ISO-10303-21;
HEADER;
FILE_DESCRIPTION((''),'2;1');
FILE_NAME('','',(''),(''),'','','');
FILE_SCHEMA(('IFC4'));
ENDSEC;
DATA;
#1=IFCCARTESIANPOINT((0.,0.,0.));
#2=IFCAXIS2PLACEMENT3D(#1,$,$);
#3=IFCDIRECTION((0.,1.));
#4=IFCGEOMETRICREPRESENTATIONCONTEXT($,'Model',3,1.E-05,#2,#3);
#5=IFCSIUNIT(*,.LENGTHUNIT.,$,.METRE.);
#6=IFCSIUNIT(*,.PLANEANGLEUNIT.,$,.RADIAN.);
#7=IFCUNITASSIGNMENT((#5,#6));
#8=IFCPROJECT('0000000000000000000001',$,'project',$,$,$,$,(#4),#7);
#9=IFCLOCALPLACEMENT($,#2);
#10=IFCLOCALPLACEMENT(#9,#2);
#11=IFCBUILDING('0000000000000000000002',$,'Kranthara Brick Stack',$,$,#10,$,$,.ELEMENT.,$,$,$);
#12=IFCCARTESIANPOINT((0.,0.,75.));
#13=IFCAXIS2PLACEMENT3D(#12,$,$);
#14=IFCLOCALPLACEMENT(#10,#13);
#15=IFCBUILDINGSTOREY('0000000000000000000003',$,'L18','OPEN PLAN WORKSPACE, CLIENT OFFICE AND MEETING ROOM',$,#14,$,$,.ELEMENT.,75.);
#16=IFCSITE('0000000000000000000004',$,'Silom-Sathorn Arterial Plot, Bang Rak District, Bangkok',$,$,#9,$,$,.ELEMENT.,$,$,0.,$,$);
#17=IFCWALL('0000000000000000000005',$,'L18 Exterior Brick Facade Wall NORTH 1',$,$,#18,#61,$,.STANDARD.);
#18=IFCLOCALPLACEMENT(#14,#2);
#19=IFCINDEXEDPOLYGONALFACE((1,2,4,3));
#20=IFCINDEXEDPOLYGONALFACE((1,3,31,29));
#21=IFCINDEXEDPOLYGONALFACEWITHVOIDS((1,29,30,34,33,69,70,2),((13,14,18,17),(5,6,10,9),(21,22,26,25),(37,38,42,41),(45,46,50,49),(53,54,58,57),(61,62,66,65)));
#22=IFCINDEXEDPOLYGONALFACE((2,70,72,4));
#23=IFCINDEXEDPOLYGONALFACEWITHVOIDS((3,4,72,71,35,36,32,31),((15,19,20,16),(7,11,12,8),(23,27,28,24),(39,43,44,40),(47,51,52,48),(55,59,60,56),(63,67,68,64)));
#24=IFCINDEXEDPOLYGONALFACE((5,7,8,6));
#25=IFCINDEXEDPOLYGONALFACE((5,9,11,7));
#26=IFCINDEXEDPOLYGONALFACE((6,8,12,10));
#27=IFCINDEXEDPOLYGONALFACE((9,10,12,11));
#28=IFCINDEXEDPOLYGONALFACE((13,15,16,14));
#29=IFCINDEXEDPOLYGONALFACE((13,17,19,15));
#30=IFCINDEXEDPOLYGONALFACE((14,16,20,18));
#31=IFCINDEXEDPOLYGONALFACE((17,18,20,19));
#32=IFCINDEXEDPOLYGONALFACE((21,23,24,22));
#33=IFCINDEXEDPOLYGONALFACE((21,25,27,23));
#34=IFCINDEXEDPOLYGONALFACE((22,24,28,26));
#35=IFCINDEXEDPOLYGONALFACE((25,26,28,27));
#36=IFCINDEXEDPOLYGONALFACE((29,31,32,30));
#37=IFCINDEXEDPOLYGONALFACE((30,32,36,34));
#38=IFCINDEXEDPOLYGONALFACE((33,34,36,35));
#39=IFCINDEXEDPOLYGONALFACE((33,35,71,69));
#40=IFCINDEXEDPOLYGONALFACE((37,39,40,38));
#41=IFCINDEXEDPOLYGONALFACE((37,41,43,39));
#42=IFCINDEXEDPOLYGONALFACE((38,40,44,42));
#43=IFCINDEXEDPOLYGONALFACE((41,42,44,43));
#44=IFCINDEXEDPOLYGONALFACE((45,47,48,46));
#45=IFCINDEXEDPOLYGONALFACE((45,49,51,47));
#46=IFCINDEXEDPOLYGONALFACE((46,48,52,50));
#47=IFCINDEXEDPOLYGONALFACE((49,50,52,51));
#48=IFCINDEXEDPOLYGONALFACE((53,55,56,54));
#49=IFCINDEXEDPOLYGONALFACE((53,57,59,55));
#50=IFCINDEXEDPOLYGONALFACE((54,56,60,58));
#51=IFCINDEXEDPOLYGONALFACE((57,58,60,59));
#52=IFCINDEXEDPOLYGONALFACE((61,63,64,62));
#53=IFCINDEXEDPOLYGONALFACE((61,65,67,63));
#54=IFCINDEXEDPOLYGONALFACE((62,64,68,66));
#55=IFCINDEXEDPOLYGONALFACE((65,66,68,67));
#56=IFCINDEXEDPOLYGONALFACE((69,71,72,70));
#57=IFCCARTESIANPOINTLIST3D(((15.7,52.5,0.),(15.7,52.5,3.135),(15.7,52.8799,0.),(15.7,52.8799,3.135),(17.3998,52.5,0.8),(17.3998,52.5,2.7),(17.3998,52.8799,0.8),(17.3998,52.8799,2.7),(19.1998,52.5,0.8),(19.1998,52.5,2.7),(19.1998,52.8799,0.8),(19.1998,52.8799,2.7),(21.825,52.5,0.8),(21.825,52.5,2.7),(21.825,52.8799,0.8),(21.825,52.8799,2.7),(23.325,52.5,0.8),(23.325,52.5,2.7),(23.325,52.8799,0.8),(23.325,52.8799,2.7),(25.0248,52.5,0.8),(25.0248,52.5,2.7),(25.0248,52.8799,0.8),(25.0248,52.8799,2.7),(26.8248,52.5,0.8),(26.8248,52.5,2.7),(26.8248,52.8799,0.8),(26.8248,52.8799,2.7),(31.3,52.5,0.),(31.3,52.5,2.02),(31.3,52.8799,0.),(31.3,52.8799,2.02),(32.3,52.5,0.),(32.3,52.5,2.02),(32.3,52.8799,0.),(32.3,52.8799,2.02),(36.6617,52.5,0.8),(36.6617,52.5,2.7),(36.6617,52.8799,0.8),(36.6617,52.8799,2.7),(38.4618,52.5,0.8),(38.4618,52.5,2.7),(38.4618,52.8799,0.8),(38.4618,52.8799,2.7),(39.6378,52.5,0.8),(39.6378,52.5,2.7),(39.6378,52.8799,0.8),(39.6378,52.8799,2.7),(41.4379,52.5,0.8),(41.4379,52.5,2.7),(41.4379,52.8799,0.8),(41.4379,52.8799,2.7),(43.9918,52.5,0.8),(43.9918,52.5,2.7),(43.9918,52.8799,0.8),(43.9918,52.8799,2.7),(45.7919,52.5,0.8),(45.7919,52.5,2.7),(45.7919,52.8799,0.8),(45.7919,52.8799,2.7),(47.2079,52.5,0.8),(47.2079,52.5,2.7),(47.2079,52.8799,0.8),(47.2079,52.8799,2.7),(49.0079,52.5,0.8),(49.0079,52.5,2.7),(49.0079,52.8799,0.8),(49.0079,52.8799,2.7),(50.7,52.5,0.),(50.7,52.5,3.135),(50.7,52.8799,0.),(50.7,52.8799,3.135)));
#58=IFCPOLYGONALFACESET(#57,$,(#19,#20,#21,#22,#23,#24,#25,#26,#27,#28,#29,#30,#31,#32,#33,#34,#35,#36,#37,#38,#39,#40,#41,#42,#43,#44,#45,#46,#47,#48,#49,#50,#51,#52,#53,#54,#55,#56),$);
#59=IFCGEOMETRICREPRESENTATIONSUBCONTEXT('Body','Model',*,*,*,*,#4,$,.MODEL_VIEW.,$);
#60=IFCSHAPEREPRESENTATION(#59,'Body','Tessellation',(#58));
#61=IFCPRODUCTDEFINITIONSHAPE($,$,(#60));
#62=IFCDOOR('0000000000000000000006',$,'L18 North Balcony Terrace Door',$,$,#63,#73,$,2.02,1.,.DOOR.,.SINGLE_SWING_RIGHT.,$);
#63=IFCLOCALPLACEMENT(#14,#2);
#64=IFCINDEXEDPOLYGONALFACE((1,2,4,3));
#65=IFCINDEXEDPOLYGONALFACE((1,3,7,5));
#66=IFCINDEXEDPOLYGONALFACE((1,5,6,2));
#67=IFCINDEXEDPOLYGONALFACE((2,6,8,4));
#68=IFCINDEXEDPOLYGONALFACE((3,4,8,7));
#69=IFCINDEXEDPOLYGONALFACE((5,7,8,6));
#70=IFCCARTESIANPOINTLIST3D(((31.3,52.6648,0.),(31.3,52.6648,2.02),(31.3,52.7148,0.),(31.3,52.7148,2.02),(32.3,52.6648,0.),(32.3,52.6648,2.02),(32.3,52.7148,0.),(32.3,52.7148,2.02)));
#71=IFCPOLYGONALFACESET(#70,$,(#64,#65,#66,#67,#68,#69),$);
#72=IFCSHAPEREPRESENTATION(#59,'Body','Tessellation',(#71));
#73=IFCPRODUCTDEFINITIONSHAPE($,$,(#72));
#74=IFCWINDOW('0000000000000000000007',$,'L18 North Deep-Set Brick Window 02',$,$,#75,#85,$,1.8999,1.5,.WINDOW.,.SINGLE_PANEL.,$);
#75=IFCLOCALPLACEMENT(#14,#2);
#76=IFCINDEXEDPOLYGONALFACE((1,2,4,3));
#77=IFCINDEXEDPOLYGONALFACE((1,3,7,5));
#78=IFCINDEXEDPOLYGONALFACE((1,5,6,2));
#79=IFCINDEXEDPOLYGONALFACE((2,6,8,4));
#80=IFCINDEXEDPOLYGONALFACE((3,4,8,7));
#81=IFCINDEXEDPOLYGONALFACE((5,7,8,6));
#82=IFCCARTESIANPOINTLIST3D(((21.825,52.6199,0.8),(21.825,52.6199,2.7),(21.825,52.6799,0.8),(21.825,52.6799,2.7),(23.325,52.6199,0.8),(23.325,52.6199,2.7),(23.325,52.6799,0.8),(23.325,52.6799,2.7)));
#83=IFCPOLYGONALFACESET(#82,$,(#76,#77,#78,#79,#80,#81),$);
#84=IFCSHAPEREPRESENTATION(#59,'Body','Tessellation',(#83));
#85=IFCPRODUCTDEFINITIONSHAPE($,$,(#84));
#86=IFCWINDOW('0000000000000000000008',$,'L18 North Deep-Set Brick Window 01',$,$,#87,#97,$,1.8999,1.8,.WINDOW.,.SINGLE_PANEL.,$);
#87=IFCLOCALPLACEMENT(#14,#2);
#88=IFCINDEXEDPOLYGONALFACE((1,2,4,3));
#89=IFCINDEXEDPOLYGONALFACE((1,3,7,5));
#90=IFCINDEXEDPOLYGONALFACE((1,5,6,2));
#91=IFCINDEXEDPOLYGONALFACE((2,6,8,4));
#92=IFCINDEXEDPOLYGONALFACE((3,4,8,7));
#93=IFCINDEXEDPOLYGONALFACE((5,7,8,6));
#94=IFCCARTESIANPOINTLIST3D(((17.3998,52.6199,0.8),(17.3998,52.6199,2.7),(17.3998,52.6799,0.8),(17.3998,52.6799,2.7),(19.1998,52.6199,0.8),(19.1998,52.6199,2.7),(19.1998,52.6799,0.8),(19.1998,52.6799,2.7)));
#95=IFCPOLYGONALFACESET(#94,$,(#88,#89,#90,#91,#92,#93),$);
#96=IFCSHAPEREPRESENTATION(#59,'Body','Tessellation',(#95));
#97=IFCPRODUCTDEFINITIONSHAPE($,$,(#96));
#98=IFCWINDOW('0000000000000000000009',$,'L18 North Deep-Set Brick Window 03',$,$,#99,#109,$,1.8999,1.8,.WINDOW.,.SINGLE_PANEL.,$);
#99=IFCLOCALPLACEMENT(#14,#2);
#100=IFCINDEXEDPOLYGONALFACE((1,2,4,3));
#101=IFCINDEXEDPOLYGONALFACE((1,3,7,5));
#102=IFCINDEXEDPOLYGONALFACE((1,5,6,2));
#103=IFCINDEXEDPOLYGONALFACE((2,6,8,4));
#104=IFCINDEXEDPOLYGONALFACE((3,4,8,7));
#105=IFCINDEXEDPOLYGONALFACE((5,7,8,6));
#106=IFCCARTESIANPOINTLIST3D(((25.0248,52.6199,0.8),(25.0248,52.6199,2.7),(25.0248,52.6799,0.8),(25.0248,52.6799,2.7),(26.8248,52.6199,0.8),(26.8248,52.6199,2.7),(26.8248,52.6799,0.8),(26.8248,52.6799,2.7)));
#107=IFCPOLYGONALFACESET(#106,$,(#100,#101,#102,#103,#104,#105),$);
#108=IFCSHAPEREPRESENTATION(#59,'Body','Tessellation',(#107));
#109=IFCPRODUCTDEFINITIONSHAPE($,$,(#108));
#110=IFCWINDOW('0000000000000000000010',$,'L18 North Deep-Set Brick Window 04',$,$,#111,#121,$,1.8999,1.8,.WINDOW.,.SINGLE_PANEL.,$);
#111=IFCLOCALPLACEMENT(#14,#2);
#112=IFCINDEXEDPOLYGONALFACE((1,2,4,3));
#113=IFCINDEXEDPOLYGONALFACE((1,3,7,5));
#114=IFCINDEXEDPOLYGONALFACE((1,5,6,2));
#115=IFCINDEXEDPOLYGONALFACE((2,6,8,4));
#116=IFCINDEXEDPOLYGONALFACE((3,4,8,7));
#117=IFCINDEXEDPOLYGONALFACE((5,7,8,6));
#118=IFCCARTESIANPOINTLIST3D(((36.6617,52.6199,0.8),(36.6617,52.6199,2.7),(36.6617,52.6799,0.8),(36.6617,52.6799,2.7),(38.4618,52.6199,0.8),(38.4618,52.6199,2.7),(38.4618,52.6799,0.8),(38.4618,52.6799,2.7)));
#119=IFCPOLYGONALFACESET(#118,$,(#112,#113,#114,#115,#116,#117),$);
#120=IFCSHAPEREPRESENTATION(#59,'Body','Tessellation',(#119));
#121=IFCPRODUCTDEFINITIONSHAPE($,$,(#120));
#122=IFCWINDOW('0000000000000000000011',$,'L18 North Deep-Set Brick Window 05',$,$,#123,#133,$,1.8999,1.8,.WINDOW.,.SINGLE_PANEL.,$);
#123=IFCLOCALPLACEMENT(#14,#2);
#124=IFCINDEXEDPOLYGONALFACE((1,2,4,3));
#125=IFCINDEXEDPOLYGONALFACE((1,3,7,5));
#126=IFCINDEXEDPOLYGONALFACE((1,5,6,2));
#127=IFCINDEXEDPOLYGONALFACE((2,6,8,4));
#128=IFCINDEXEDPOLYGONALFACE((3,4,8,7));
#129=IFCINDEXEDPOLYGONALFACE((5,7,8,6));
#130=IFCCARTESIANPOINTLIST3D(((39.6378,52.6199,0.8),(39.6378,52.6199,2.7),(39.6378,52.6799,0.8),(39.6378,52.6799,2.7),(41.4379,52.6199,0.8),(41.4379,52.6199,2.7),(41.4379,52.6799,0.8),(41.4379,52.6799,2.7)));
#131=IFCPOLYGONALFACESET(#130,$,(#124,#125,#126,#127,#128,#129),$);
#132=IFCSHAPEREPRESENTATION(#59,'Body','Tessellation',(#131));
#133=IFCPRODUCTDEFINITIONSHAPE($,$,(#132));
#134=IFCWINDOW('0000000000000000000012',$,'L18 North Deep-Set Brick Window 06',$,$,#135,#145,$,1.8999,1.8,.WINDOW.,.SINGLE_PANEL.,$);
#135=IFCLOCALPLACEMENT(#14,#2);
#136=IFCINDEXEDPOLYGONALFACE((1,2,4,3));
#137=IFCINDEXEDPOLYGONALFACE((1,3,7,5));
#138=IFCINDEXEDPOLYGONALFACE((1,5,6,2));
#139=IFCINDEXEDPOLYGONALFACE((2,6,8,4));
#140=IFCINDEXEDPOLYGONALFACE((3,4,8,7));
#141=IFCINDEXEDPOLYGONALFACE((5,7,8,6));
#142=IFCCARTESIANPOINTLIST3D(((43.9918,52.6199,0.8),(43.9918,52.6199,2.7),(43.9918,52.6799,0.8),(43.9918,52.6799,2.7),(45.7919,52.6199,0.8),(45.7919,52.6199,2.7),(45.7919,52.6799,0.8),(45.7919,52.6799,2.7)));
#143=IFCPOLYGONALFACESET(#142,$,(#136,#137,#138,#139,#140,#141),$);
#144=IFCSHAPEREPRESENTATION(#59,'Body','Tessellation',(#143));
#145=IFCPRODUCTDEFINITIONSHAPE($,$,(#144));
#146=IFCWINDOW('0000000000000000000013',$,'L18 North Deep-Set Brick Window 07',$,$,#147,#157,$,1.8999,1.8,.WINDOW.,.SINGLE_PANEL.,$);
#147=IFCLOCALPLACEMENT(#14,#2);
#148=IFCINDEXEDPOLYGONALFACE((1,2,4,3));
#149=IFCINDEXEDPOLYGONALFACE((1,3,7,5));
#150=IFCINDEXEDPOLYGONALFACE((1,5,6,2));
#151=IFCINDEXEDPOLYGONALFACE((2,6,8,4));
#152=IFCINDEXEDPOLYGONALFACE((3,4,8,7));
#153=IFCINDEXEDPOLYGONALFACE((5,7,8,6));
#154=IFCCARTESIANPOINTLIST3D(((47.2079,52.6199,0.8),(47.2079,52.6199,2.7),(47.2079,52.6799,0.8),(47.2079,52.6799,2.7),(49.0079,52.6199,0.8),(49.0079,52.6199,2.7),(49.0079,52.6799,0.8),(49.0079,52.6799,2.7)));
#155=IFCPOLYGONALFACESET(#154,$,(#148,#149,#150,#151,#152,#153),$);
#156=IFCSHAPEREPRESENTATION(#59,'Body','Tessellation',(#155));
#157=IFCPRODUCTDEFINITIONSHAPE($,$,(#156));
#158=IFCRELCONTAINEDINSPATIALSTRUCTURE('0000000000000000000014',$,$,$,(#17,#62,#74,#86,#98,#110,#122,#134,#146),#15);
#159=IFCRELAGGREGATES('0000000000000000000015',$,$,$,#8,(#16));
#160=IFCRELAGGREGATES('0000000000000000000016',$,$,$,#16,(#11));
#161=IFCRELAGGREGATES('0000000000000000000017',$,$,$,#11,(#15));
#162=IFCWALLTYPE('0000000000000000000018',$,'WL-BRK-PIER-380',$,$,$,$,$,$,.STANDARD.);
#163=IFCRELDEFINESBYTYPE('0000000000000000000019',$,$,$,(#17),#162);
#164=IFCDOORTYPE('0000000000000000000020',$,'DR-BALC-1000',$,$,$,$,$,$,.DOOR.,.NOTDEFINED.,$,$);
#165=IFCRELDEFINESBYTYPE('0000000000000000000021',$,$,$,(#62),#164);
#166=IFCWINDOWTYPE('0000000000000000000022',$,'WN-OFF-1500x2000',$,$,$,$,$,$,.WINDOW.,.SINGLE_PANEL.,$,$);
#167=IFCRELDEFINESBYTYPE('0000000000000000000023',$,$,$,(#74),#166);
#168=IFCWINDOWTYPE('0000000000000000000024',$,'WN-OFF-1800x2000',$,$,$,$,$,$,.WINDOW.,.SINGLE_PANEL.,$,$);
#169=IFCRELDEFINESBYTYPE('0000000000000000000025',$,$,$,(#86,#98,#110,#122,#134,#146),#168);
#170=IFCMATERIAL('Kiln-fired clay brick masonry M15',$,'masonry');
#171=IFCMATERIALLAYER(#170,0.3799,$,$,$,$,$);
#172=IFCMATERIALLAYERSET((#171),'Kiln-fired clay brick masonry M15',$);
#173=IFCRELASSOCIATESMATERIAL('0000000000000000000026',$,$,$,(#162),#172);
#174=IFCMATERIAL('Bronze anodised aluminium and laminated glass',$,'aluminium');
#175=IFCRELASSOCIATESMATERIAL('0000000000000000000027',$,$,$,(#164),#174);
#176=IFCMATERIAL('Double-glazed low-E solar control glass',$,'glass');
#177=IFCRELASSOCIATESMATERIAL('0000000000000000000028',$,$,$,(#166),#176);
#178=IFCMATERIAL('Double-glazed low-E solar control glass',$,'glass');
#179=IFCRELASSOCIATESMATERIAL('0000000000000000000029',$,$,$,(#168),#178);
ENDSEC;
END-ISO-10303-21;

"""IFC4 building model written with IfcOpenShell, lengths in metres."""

from ifc_helpers import new_model, si_unit, direction, frame, frame_2d, origin, place, context, subcontext, project, spatial, rectangle, extrude, material, layer, layer_set, type_object, element, fill, save


model = new_model("IFC4")

# Units and contexts
model_context = context("Model", 3, precision=1e-05, world=origin(), true_north=direction((0.0, 1.0)))
body_context = subcontext(model_context, "Body", "Model", "MODEL_VIEW")
ifc_project = project(units=[si_unit("LENGTHUNIT", "METRE"), si_unit("PLANEANGLEUNIT", "RADIAN")], contexts=[model_context])

# Site, building, storey
site_placement = place(None, origin())
site = spatial("IfcSite", under=ifc_project, at=site_placement, Name="Silom-Sathorn Arterial Plot, Bang Rak District, Bangkok", CompositionType="ELEMENT", RefElevation=0.0)
building_placement = place(site_placement, origin())
building = spatial("IfcBuilding", under=site, at=building_placement, Name="Kranthara Brick Stack", CompositionType="ELEMENT")
storey_placement = place(building_placement, frame((0.0, 0.0, 75.0)))
storey = spatial("IfcBuildingStorey", under=building, at=storey_placement, Name="L18", Description="OPEN PLAN WORKSPACE, CLIENT OFFICE AND MEETING ROOM", CompositionType="ELEMENT", Elevation=75.0)

# Shared definitions
ifc_material_1 = material(Name="Kiln-fired clay brick masonry M15", Category="masonry")
ifc_layer_1 = layer(ifc_material_1, 0.3799)
ifc_layer_set_1 = layer_set([ifc_layer_1], Name="Kiln-fired clay brick masonry M15")
wall_type_1 = type_object("IfcWallType", Name="WL-BRK-PIER-380", PredefinedType="STANDARD", material=ifc_layer_set_1)

# Wall, openings, door, windows
wall_1_placement = place(storey_placement, frame((15.7, 52.6899, 0.0), z_axis=(0.0, 0.0, 1.0), x_axis=(1.0, 0.0, 0.0)))
wall_1 = element("IfcWall", 1, at=wall_1_placement, inside=storey, type_object=wall_type_1, Name="L18 Exterior Brick Facade Wall NORTH 1", PredefinedType="STANDARD", context=body_context, shape_type="SweptSolid", body=[
    extrude(rectangle(XDim=35.0, YDim=0.3799, at=frame_2d((17.5, 0.0))), origin(), (0.0, 0.0, 1.0), 3.135),
])
opening_1_placement = place(wall_1_placement, frame((15.6001, 0.0, 0.0)))
opening_1 = element("IfcOpeningElement", 2, at=opening_1_placement, cuts=wall_1, PredefinedType="OPENING", context=body_context, shape_type="SweptSolid", body=[
    extrude(rectangle(XDim=1.0, YDim=2.02, at=frame_2d((0.5, 1.01))), frame((0.0, 0.2, 0.0), z_axis=(0.0, -1.0, 0.0), x_axis=(1.0, 0.0, 0.0)), (0.0, 0.0, 1.0), 0.3999),
])
opening_2_placement = place(wall_1_placement, frame((1.7, 0.0, 0.8)))
opening_2 = element("IfcOpeningElement", 3, at=opening_2_placement, cuts=wall_1, PredefinedType="OPENING", context=body_context, shape_type="SweptSolid", body=[
    extrude(rectangle(XDim=1.8, YDim=1.8999, at=frame_2d((0.8999, 0.95))), frame((0.0, 0.2, 0.0), z_axis=(0.0, -1.0, 0.0), x_axis=(1.0, 0.0, 0.0)), (0.0, 0.0, 1.0), 0.3999),
])
opening_3_placement = place(wall_1_placement, frame((6.125, 0.0, 0.8)))
opening_3 = element("IfcOpeningElement", 4, at=opening_3_placement, cuts=wall_1, PredefinedType="OPENING", context=body_context, shape_type="SweptSolid", body=[
    extrude(rectangle(XDim=1.5, YDim=1.8999, at=frame_2d((0.75, 0.95))), frame((0.0, 0.2, 0.0), z_axis=(0.0, -1.0, 0.0), x_axis=(1.0, 0.0, 0.0)), (0.0, 0.0, 1.0), 0.3999),
])
opening_4_placement = place(wall_1_placement, frame((9.325, 0.0, 0.8)))
opening_4 = element("IfcOpeningElement", 5, at=opening_4_placement, cuts=wall_1, PredefinedType="OPENING", context=body_context, shape_type="SweptSolid", body=[
    extrude(rectangle(XDim=1.8, YDim=1.8999, at=frame_2d((0.8999, 0.95))), frame((0.0, 0.2, 0.0), z_axis=(0.0, -1.0, 0.0), x_axis=(1.0, 0.0, 0.0)), (0.0, 0.0, 1.0), 0.3999),
])
opening_5_placement = place(wall_1_placement, frame((20.9619, 0.0, 0.8)))
opening_5 = element("IfcOpeningElement", 6, at=opening_5_placement, cuts=wall_1, PredefinedType="OPENING", context=body_context, shape_type="SweptSolid", body=[
    extrude(rectangle(XDim=1.8, YDim=1.8999, at=frame_2d((0.8999, 0.95))), frame((0.0, 0.2, 0.0), z_axis=(0.0, -1.0, 0.0), x_axis=(1.0, 0.0, 0.0)), (0.0, 0.0, 1.0), 0.3999),
])
opening_6_placement = place(wall_1_placement, frame((23.938, 0.0, 0.8)))
opening_6 = element("IfcOpeningElement", 7, at=opening_6_placement, cuts=wall_1, PredefinedType="OPENING", context=body_context, shape_type="SweptSolid", body=[
    extrude(rectangle(XDim=1.8, YDim=1.8999, at=frame_2d((0.8999, 0.95))), frame((0.0, 0.2, 0.0), z_axis=(0.0, -1.0, 0.0), x_axis=(1.0, 0.0, 0.0)), (0.0, 0.0, 1.0), 0.3999),
])
opening_7_placement = place(wall_1_placement, frame((28.292, 0.0, 0.8)))
opening_7 = element("IfcOpeningElement", 8, at=opening_7_placement, cuts=wall_1, PredefinedType="OPENING", context=body_context, shape_type="SweptSolid", body=[
    extrude(rectangle(XDim=1.8, YDim=1.8999, at=frame_2d((0.8999, 0.95))), frame((0.0, 0.2, 0.0), z_axis=(0.0, -1.0, 0.0), x_axis=(1.0, 0.0, 0.0)), (0.0, 0.0, 1.0), 0.3999),
])
opening_8_placement = place(wall_1_placement, frame((31.5081, 0.0, 0.8)))
opening_8 = element("IfcOpeningElement", 9, at=opening_8_placement, cuts=wall_1, PredefinedType="OPENING", context=body_context, shape_type="SweptSolid", body=[
    extrude(rectangle(XDim=1.8, YDim=1.8999, at=frame_2d((0.8999, 0.95))), frame((0.0, 0.2, 0.0), z_axis=(0.0, -1.0, 0.0), x_axis=(1.0, 0.0, 0.0)), (0.0, 0.0, 1.0), 0.3999),
])
ifc_material_2 = material(Name="Bronze anodised aluminium and laminated glass", Category="aluminium")
door_type_1 = type_object("IfcDoorType", Name="DR-BALC-1000", OperationType="NOTDEFINED", PredefinedType="DOOR", material=ifc_material_2)
door_1_placement = place(opening_1_placement, origin())
door_1 = element("IfcDoor", 10, at=door_1_placement, inside=storey, type_object=door_type_1, Name="L18 North Balcony Terrace Door", OperationType="SINGLE_SWING_RIGHT", OverallHeight=2.02, OverallWidth=1.0, PredefinedType="DOOR", context=body_context, shape_type="SweptSolid", body=[
    extrude(rectangle(XDim=1.0, YDim=2.02, at=frame_2d((0.5, 1.01))), frame((0.0, 0.0249, 0.0), z_axis=(0.0, -1.0, 0.0), x_axis=(1.0, 0.0, 0.0)), (0.0, 0.0, 1.0), 0.05),
])
fill(opening_1, door_1)
ifc_material_3 = material(Name="Double-glazed low-E solar control glass", Category="glass")
window_type_1 = type_object("IfcWindowType", Name="WN-OFF-1500x2000", PartitioningType="SINGLE_PANEL", PredefinedType="WINDOW", material=ifc_material_3)
window_1_placement = place(opening_3_placement, origin())
window_1 = element("IfcWindow", 11, at=window_1_placement, inside=storey, type_object=window_type_1, Name="L18 North Deep-Set Brick Window 02", OverallHeight=1.8999, OverallWidth=1.5, PartitioningType="SINGLE_PANEL", PredefinedType="WINDOW", context=body_context, shape_type="SweptSolid", body=[
    extrude(rectangle(XDim=1.5, YDim=1.8999, at=frame_2d((0.75, 0.95))), frame((0.0, -0.01, 0.0), z_axis=(0.0, -1.0, 0.0), x_axis=(1.0, 0.0, 0.0)), (0.0, 0.0, 1.0), 0.0601),
])
fill(opening_3, window_1)
ifc_material_4 = material(Name="Double-glazed low-E solar control glass", Category="glass")
window_type_2 = type_object("IfcWindowType", Name="WN-OFF-1800x2000", PartitioningType="SINGLE_PANEL", PredefinedType="WINDOW", material=ifc_material_4)
window_2_placement = place(opening_2_placement, origin())
window_2 = element("IfcWindow", 12, at=window_2_placement, inside=storey, type_object=window_type_2, Name="L18 North Deep-Set Brick Window 01", OverallHeight=1.8999, OverallWidth=1.8, PartitioningType="SINGLE_PANEL", PredefinedType="WINDOW", context=body_context, shape_type="SweptSolid", body=[
    extrude(rectangle(XDim=1.8, YDim=1.8999, at=frame_2d((0.8999, 0.95))), frame((0.0, -0.01, 0.0), z_axis=(0.0, -1.0, 0.0), x_axis=(1.0, 0.0, 0.0)), (0.0, 0.0, 1.0), 0.0601),
])
fill(opening_2, window_2)
window_3_placement = place(opening_4_placement, origin())
window_3 = element("IfcWindow", 13, at=window_3_placement, inside=storey, type_object=window_type_2, Name="L18 North Deep-Set Brick Window 03", OverallHeight=1.8999, OverallWidth=1.8, PartitioningType="SINGLE_PANEL", PredefinedType="WINDOW", context=body_context, shape_type="SweptSolid", body=[
    extrude(rectangle(XDim=1.8, YDim=1.8999, at=frame_2d((0.8999, 0.95))), frame((0.0, -0.01, 0.0), z_axis=(0.0, -1.0, 0.0), x_axis=(1.0, 0.0, 0.0)), (0.0, 0.0, 1.0), 0.0601),
])
fill(opening_4, window_3)
window_4_placement = place(opening_5_placement, origin())
window_4 = element("IfcWindow", 14, at=window_4_placement, inside=storey, type_object=window_type_2, Name="L18 North Deep-Set Brick Window 04", OverallHeight=1.8999, OverallWidth=1.8, PartitioningType="SINGLE_PANEL", PredefinedType="WINDOW", context=body_context, shape_type="SweptSolid", body=[
    extrude(rectangle(XDim=1.8, YDim=1.8999, at=frame_2d((0.8999, 0.95))), frame((0.0, -0.01, 0.0), z_axis=(0.0, -1.0, 0.0), x_axis=(1.0, 0.0, 0.0)), (0.0, 0.0, 1.0), 0.0601),
])
fill(opening_5, window_4)
window_5_placement = place(opening_6_placement, origin())
window_5 = element("IfcWindow", 15, at=window_5_placement, inside=storey, type_object=window_type_2, Name="L18 North Deep-Set Brick Window 05", OverallHeight=1.8999, OverallWidth=1.8, PartitioningType="SINGLE_PANEL", PredefinedType="WINDOW", context=body_context, shape_type="SweptSolid", body=[
    extrude(rectangle(XDim=1.8, YDim=1.8999, at=frame_2d((0.8999, 0.95))), frame((0.0, -0.01, 0.0), z_axis=(0.0, -1.0, 0.0), x_axis=(1.0, 0.0, 0.0)), (0.0, 0.0, 1.0), 0.0601),
])
fill(opening_6, window_5)
window_6_placement = place(opening_7_placement, origin())
window_6 = element("IfcWindow", 16, at=window_6_placement, inside=storey, type_object=window_type_2, Name="L18 North Deep-Set Brick Window 06", OverallHeight=1.8999, OverallWidth=1.8, PartitioningType="SINGLE_PANEL", PredefinedType="WINDOW", context=body_context, shape_type="SweptSolid", body=[
    extrude(rectangle(XDim=1.8, YDim=1.8999, at=frame_2d((0.8999, 0.95))), frame((0.0, -0.01, 0.0), z_axis=(0.0, -1.0, 0.0), x_axis=(1.0, 0.0, 0.0)), (0.0, 0.0, 1.0), 0.0601),
])
fill(opening_7, window_6)
window_7_placement = place(opening_8_placement, origin())
window_7 = element("IfcWindow", 17, at=window_7_placement, inside=storey, type_object=window_type_2, Name="L18 North Deep-Set Brick Window 07", OverallHeight=1.8999, OverallWidth=1.8, PartitioningType="SINGLE_PANEL", PredefinedType="WINDOW", context=body_context, shape_type="SweptSolid", body=[
    extrude(rectangle(XDim=1.8, YDim=1.8999, at=frame_2d((0.8999, 0.95))), frame((0.0, -0.01, 0.0), z_axis=(0.0, -1.0, 0.0), x_axis=(1.0, 0.0, 0.0)), (0.0, 0.0, 1.0), 0.0601),
])
fill(opening_8, window_7)

save(model, "model.ifc")
